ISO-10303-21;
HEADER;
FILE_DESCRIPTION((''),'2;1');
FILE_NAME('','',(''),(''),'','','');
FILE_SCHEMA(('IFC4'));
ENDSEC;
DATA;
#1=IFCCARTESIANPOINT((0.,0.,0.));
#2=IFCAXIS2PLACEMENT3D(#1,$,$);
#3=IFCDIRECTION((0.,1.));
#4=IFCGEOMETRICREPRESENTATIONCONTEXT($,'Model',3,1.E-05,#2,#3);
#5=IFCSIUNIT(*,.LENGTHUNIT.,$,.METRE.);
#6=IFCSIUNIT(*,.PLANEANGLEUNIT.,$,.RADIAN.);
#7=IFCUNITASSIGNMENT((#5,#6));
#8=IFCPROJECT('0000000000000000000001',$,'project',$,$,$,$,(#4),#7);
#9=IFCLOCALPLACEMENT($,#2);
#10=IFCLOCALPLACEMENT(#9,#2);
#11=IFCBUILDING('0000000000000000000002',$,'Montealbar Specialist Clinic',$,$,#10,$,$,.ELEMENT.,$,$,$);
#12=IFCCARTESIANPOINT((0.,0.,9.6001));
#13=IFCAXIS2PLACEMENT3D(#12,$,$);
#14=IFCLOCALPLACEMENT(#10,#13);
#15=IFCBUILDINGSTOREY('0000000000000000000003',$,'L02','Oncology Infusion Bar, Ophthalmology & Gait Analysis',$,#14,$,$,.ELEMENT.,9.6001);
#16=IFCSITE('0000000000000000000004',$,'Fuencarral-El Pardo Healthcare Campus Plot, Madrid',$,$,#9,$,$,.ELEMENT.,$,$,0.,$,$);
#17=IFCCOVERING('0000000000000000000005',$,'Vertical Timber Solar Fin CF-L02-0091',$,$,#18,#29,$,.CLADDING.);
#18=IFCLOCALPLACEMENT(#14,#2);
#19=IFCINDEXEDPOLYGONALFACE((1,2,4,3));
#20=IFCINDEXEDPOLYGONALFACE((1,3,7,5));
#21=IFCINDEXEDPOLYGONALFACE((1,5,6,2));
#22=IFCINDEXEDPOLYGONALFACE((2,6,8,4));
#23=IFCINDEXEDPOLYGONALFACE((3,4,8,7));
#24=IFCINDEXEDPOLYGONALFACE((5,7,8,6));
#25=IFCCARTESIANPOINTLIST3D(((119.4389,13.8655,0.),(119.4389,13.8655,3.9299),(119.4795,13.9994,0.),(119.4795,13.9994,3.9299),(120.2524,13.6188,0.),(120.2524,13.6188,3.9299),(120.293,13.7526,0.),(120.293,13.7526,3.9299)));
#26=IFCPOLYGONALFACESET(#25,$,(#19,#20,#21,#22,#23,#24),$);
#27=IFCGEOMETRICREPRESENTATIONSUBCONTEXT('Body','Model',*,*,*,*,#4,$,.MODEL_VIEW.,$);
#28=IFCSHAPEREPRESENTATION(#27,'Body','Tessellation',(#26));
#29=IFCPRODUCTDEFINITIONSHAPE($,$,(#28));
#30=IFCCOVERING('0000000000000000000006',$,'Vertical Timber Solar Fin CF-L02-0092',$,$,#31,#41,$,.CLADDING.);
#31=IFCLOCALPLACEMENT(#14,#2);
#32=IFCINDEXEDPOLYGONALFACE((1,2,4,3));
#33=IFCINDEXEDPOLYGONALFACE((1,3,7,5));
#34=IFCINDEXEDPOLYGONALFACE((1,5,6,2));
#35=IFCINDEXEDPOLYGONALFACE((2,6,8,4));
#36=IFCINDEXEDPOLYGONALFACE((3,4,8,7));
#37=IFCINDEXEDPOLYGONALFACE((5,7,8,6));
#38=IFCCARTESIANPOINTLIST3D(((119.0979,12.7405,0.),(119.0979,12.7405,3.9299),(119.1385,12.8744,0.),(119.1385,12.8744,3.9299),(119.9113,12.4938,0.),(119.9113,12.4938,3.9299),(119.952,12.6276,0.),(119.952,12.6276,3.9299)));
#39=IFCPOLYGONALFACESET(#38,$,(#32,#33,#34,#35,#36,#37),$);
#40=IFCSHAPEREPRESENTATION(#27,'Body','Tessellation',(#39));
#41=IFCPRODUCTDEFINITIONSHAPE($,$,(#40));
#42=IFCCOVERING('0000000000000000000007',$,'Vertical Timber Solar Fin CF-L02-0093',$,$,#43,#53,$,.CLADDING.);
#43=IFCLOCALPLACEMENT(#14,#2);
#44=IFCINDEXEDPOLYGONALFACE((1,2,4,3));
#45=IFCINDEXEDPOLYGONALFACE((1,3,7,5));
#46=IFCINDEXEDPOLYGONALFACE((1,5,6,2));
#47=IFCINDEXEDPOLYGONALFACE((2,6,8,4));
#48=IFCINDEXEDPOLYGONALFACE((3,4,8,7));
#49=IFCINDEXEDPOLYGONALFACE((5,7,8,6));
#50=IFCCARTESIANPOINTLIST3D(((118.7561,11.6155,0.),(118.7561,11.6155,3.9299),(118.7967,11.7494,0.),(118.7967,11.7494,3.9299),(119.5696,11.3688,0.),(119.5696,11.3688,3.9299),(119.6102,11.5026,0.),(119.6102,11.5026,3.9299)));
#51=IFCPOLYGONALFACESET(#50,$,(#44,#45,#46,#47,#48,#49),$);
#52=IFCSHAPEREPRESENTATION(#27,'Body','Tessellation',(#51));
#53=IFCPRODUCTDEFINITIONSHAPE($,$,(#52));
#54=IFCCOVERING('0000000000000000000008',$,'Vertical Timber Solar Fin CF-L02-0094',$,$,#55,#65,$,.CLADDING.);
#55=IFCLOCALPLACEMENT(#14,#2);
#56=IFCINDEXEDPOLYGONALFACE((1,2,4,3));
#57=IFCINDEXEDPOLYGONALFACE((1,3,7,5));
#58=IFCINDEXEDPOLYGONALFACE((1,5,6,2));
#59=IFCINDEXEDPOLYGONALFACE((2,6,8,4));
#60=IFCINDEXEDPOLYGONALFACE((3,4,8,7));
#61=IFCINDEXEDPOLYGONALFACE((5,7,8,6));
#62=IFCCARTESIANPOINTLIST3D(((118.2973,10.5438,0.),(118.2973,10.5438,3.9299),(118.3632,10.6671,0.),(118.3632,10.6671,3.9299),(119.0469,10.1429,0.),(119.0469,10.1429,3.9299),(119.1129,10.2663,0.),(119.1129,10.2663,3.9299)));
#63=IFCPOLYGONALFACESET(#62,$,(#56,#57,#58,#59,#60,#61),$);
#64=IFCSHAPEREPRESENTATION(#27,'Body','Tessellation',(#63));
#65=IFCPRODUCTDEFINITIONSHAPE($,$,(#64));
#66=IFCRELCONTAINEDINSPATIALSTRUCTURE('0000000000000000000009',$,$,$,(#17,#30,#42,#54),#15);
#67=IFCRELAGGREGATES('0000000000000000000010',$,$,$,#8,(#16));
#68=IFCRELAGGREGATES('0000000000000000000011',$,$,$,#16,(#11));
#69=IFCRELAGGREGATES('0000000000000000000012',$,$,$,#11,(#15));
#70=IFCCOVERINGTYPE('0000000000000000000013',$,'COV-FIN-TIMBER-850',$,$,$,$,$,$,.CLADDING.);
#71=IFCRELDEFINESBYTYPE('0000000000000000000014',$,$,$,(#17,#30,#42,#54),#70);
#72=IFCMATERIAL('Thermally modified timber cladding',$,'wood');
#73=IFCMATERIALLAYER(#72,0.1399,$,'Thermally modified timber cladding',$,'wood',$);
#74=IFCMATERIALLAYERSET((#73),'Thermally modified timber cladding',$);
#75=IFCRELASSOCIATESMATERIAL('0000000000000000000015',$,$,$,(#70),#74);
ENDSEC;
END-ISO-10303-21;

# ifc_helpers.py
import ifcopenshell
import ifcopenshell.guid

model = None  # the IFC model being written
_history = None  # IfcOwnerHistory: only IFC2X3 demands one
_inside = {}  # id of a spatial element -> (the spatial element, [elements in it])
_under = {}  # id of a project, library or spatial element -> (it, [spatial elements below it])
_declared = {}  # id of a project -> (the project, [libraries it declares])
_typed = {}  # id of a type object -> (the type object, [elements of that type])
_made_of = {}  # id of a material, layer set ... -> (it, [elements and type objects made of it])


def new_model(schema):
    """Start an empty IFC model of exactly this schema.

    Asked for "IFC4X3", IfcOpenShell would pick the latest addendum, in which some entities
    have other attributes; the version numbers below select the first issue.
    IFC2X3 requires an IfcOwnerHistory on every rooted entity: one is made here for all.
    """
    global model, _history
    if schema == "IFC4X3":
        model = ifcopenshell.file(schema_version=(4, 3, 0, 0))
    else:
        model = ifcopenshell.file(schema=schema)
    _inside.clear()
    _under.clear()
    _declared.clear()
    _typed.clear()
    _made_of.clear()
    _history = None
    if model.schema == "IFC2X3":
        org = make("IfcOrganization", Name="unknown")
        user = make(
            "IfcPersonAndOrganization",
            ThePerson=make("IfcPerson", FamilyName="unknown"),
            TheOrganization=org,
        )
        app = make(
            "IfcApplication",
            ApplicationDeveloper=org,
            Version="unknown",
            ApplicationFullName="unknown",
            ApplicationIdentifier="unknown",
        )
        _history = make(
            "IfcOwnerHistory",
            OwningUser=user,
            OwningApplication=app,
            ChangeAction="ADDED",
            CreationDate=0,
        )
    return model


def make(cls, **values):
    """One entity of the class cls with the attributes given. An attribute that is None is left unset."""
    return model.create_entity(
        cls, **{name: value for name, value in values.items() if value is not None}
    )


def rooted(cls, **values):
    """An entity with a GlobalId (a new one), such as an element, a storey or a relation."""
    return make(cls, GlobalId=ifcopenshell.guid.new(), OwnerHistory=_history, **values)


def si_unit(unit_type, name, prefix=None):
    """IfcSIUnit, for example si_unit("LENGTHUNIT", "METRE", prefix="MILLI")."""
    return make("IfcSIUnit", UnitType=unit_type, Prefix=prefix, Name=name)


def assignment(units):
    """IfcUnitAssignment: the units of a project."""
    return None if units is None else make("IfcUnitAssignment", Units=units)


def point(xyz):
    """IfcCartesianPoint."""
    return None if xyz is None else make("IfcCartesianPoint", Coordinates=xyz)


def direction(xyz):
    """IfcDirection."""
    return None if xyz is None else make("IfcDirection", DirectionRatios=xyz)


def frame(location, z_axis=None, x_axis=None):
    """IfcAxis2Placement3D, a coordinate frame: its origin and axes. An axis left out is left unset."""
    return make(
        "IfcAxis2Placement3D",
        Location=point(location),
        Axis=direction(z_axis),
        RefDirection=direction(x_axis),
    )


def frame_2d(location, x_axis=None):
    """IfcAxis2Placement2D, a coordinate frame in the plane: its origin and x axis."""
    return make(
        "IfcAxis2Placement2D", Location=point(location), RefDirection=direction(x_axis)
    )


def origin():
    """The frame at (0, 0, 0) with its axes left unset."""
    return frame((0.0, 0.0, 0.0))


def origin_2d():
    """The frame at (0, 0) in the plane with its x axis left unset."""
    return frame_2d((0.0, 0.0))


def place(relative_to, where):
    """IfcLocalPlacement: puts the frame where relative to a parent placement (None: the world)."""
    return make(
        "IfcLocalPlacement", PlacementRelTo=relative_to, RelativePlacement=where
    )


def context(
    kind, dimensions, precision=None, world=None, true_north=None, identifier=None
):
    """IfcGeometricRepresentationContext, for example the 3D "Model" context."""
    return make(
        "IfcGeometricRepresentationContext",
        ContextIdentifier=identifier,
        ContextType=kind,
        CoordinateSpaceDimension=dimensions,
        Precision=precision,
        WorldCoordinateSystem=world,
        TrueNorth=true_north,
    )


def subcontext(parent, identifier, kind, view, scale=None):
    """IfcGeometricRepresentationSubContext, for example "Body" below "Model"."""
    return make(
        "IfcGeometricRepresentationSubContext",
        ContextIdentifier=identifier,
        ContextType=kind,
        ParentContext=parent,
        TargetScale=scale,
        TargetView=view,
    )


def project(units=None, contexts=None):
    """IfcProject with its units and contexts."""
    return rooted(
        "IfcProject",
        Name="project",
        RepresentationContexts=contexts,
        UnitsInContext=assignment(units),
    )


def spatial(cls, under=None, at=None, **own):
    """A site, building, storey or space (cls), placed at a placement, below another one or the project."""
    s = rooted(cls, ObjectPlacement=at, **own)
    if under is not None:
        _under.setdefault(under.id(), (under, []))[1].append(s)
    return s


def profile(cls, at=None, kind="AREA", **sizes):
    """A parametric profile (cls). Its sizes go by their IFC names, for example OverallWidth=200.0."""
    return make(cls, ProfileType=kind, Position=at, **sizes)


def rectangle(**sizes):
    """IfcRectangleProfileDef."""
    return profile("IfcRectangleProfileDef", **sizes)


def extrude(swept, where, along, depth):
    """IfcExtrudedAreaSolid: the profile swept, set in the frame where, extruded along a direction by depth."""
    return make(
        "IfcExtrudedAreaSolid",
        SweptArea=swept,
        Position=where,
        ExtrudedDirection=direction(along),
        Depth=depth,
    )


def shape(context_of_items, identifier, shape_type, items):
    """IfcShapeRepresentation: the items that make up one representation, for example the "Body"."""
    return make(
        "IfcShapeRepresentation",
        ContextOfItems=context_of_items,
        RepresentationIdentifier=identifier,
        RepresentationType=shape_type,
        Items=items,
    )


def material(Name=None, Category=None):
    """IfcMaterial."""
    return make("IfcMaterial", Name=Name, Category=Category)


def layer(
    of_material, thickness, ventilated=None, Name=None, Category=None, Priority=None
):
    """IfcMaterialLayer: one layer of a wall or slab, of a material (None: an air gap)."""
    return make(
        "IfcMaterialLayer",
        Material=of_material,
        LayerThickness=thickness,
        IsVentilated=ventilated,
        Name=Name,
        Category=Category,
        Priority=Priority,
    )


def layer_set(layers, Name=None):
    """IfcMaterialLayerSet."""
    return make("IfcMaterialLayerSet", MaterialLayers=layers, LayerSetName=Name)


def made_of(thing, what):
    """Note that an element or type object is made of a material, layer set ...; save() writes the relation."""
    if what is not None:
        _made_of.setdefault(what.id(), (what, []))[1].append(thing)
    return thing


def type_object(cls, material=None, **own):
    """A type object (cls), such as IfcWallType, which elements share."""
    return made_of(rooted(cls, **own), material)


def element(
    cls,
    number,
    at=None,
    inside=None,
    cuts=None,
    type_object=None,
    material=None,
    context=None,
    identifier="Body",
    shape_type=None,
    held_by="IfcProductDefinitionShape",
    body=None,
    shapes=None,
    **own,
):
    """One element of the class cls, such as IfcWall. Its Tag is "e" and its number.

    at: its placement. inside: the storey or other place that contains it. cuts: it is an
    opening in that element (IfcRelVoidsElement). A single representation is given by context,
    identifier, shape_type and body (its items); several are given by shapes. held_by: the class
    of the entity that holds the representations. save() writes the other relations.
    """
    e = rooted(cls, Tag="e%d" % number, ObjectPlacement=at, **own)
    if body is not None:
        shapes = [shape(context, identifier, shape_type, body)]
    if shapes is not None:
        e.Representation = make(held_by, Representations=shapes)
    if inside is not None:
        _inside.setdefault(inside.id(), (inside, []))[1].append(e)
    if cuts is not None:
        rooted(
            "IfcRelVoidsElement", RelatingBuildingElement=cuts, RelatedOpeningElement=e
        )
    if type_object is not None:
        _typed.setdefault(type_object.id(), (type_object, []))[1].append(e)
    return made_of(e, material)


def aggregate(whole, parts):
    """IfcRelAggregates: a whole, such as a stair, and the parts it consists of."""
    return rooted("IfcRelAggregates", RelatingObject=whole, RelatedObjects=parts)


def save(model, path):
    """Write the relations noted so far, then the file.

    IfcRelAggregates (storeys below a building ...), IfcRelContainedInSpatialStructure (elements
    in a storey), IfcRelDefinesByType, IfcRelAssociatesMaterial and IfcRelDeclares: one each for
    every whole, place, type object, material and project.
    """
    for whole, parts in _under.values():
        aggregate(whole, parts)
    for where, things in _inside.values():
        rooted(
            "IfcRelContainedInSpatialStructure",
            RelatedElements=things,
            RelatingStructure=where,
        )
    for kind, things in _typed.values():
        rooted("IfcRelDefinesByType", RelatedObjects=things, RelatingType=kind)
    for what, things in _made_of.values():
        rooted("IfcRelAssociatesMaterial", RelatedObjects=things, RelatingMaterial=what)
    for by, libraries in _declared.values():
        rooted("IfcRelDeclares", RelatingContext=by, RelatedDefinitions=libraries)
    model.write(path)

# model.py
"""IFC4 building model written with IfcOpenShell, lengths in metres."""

from ifc_helpers import new_model, si_unit, direction, frame, origin, origin_2d, place, context, subcontext, project, spatial, rectangle, extrude, material, layer, layer_set, type_object, element, save


model = new_model("IFC4")

# Units and contexts
model_context = context("Model", 3, precision=1e-05, world=origin(), true_north=direction((0.0, 1.0)))
body_context = subcontext(model_context, "Body", "Model", "MODEL_VIEW")
ifc_project = project(units=[si_unit("LENGTHUNIT", "METRE"), si_unit("PLANEANGLEUNIT", "RADIAN")], contexts=[model_context])

# Site, building, storey
site_placement = place(None, origin())
site = spatial("IfcSite", under=ifc_project, at=site_placement, Name="Fuencarral-El Pardo Healthcare Campus Plot, Madrid", CompositionType="ELEMENT", RefElevation=0.0)
building_placement = place(site_placement, origin())
building = spatial("IfcBuilding", under=site, at=building_placement, Name="Montealbar Specialist Clinic", CompositionType="ELEMENT")
storey_placement = place(building_placement, frame((0.0, 0.0, 9.6001)))
storey = spatial("IfcBuildingStorey", under=building, at=storey_placement, Name="L02", Description="Oncology Infusion Bar, Ophthalmology & Gait Analysis", CompositionType="ELEMENT", Elevation=9.6001)

# Coverings
ifc_material_1 = material(Name="Thermally modified timber cladding", Category="wood")
ifc_layer_1 = layer(ifc_material_1, 0.1399, Name="Thermally modified timber cladding", Category="wood")
ifc_layer_set_1 = layer_set([ifc_layer_1], Name="Thermally modified timber cladding")
covering_type = type_object("IfcCoveringType", Name="COV-FIN-TIMBER-850", PredefinedType="CLADDING", material=ifc_layer_set_1)
for number, where, z_axis, x_axis, name in (
    (1, (119.866, 13.8091, 0.0), (0.0, 0.0, 1.0), (0.956948, -0.290259, 0.0), "Vertical Timber Solar Fin CF-L02-0091"),
    (2, (119.5249, 12.6841, 0.0), (0.0, 0.0, 1.0), (0.956948, -0.290259, 0.0), "Vertical Timber Solar Fin CF-L02-0092"),
    (3, (119.1831, 11.5591, 0.0), (0.0, 0.0, 1.0), (0.956948, -0.290259, 0.0), "Vertical Timber Solar Fin CF-L02-0093"),
    (4, (118.7051, 10.405, 0.0), (0.0, 0.0, 1.0), (0.88185, -0.471529, 0.0), "Vertical Timber Solar Fin CF-L02-0094"),
):
    element("IfcCovering", number, at=place(storey_placement, frame(where, z_axis=z_axis, x_axis=x_axis)), inside=storey, type_object=covering_type, Name=name, PredefinedType="CLADDING", context=body_context, shape_type="SweptSolid", body=[
        extrude(rectangle(XDim=0.8501, YDim=0.1399, at=origin_2d()), origin(), (0.0, 0.0, 1.0), 3.9299),
    ])

save(model, "model.ifc")
